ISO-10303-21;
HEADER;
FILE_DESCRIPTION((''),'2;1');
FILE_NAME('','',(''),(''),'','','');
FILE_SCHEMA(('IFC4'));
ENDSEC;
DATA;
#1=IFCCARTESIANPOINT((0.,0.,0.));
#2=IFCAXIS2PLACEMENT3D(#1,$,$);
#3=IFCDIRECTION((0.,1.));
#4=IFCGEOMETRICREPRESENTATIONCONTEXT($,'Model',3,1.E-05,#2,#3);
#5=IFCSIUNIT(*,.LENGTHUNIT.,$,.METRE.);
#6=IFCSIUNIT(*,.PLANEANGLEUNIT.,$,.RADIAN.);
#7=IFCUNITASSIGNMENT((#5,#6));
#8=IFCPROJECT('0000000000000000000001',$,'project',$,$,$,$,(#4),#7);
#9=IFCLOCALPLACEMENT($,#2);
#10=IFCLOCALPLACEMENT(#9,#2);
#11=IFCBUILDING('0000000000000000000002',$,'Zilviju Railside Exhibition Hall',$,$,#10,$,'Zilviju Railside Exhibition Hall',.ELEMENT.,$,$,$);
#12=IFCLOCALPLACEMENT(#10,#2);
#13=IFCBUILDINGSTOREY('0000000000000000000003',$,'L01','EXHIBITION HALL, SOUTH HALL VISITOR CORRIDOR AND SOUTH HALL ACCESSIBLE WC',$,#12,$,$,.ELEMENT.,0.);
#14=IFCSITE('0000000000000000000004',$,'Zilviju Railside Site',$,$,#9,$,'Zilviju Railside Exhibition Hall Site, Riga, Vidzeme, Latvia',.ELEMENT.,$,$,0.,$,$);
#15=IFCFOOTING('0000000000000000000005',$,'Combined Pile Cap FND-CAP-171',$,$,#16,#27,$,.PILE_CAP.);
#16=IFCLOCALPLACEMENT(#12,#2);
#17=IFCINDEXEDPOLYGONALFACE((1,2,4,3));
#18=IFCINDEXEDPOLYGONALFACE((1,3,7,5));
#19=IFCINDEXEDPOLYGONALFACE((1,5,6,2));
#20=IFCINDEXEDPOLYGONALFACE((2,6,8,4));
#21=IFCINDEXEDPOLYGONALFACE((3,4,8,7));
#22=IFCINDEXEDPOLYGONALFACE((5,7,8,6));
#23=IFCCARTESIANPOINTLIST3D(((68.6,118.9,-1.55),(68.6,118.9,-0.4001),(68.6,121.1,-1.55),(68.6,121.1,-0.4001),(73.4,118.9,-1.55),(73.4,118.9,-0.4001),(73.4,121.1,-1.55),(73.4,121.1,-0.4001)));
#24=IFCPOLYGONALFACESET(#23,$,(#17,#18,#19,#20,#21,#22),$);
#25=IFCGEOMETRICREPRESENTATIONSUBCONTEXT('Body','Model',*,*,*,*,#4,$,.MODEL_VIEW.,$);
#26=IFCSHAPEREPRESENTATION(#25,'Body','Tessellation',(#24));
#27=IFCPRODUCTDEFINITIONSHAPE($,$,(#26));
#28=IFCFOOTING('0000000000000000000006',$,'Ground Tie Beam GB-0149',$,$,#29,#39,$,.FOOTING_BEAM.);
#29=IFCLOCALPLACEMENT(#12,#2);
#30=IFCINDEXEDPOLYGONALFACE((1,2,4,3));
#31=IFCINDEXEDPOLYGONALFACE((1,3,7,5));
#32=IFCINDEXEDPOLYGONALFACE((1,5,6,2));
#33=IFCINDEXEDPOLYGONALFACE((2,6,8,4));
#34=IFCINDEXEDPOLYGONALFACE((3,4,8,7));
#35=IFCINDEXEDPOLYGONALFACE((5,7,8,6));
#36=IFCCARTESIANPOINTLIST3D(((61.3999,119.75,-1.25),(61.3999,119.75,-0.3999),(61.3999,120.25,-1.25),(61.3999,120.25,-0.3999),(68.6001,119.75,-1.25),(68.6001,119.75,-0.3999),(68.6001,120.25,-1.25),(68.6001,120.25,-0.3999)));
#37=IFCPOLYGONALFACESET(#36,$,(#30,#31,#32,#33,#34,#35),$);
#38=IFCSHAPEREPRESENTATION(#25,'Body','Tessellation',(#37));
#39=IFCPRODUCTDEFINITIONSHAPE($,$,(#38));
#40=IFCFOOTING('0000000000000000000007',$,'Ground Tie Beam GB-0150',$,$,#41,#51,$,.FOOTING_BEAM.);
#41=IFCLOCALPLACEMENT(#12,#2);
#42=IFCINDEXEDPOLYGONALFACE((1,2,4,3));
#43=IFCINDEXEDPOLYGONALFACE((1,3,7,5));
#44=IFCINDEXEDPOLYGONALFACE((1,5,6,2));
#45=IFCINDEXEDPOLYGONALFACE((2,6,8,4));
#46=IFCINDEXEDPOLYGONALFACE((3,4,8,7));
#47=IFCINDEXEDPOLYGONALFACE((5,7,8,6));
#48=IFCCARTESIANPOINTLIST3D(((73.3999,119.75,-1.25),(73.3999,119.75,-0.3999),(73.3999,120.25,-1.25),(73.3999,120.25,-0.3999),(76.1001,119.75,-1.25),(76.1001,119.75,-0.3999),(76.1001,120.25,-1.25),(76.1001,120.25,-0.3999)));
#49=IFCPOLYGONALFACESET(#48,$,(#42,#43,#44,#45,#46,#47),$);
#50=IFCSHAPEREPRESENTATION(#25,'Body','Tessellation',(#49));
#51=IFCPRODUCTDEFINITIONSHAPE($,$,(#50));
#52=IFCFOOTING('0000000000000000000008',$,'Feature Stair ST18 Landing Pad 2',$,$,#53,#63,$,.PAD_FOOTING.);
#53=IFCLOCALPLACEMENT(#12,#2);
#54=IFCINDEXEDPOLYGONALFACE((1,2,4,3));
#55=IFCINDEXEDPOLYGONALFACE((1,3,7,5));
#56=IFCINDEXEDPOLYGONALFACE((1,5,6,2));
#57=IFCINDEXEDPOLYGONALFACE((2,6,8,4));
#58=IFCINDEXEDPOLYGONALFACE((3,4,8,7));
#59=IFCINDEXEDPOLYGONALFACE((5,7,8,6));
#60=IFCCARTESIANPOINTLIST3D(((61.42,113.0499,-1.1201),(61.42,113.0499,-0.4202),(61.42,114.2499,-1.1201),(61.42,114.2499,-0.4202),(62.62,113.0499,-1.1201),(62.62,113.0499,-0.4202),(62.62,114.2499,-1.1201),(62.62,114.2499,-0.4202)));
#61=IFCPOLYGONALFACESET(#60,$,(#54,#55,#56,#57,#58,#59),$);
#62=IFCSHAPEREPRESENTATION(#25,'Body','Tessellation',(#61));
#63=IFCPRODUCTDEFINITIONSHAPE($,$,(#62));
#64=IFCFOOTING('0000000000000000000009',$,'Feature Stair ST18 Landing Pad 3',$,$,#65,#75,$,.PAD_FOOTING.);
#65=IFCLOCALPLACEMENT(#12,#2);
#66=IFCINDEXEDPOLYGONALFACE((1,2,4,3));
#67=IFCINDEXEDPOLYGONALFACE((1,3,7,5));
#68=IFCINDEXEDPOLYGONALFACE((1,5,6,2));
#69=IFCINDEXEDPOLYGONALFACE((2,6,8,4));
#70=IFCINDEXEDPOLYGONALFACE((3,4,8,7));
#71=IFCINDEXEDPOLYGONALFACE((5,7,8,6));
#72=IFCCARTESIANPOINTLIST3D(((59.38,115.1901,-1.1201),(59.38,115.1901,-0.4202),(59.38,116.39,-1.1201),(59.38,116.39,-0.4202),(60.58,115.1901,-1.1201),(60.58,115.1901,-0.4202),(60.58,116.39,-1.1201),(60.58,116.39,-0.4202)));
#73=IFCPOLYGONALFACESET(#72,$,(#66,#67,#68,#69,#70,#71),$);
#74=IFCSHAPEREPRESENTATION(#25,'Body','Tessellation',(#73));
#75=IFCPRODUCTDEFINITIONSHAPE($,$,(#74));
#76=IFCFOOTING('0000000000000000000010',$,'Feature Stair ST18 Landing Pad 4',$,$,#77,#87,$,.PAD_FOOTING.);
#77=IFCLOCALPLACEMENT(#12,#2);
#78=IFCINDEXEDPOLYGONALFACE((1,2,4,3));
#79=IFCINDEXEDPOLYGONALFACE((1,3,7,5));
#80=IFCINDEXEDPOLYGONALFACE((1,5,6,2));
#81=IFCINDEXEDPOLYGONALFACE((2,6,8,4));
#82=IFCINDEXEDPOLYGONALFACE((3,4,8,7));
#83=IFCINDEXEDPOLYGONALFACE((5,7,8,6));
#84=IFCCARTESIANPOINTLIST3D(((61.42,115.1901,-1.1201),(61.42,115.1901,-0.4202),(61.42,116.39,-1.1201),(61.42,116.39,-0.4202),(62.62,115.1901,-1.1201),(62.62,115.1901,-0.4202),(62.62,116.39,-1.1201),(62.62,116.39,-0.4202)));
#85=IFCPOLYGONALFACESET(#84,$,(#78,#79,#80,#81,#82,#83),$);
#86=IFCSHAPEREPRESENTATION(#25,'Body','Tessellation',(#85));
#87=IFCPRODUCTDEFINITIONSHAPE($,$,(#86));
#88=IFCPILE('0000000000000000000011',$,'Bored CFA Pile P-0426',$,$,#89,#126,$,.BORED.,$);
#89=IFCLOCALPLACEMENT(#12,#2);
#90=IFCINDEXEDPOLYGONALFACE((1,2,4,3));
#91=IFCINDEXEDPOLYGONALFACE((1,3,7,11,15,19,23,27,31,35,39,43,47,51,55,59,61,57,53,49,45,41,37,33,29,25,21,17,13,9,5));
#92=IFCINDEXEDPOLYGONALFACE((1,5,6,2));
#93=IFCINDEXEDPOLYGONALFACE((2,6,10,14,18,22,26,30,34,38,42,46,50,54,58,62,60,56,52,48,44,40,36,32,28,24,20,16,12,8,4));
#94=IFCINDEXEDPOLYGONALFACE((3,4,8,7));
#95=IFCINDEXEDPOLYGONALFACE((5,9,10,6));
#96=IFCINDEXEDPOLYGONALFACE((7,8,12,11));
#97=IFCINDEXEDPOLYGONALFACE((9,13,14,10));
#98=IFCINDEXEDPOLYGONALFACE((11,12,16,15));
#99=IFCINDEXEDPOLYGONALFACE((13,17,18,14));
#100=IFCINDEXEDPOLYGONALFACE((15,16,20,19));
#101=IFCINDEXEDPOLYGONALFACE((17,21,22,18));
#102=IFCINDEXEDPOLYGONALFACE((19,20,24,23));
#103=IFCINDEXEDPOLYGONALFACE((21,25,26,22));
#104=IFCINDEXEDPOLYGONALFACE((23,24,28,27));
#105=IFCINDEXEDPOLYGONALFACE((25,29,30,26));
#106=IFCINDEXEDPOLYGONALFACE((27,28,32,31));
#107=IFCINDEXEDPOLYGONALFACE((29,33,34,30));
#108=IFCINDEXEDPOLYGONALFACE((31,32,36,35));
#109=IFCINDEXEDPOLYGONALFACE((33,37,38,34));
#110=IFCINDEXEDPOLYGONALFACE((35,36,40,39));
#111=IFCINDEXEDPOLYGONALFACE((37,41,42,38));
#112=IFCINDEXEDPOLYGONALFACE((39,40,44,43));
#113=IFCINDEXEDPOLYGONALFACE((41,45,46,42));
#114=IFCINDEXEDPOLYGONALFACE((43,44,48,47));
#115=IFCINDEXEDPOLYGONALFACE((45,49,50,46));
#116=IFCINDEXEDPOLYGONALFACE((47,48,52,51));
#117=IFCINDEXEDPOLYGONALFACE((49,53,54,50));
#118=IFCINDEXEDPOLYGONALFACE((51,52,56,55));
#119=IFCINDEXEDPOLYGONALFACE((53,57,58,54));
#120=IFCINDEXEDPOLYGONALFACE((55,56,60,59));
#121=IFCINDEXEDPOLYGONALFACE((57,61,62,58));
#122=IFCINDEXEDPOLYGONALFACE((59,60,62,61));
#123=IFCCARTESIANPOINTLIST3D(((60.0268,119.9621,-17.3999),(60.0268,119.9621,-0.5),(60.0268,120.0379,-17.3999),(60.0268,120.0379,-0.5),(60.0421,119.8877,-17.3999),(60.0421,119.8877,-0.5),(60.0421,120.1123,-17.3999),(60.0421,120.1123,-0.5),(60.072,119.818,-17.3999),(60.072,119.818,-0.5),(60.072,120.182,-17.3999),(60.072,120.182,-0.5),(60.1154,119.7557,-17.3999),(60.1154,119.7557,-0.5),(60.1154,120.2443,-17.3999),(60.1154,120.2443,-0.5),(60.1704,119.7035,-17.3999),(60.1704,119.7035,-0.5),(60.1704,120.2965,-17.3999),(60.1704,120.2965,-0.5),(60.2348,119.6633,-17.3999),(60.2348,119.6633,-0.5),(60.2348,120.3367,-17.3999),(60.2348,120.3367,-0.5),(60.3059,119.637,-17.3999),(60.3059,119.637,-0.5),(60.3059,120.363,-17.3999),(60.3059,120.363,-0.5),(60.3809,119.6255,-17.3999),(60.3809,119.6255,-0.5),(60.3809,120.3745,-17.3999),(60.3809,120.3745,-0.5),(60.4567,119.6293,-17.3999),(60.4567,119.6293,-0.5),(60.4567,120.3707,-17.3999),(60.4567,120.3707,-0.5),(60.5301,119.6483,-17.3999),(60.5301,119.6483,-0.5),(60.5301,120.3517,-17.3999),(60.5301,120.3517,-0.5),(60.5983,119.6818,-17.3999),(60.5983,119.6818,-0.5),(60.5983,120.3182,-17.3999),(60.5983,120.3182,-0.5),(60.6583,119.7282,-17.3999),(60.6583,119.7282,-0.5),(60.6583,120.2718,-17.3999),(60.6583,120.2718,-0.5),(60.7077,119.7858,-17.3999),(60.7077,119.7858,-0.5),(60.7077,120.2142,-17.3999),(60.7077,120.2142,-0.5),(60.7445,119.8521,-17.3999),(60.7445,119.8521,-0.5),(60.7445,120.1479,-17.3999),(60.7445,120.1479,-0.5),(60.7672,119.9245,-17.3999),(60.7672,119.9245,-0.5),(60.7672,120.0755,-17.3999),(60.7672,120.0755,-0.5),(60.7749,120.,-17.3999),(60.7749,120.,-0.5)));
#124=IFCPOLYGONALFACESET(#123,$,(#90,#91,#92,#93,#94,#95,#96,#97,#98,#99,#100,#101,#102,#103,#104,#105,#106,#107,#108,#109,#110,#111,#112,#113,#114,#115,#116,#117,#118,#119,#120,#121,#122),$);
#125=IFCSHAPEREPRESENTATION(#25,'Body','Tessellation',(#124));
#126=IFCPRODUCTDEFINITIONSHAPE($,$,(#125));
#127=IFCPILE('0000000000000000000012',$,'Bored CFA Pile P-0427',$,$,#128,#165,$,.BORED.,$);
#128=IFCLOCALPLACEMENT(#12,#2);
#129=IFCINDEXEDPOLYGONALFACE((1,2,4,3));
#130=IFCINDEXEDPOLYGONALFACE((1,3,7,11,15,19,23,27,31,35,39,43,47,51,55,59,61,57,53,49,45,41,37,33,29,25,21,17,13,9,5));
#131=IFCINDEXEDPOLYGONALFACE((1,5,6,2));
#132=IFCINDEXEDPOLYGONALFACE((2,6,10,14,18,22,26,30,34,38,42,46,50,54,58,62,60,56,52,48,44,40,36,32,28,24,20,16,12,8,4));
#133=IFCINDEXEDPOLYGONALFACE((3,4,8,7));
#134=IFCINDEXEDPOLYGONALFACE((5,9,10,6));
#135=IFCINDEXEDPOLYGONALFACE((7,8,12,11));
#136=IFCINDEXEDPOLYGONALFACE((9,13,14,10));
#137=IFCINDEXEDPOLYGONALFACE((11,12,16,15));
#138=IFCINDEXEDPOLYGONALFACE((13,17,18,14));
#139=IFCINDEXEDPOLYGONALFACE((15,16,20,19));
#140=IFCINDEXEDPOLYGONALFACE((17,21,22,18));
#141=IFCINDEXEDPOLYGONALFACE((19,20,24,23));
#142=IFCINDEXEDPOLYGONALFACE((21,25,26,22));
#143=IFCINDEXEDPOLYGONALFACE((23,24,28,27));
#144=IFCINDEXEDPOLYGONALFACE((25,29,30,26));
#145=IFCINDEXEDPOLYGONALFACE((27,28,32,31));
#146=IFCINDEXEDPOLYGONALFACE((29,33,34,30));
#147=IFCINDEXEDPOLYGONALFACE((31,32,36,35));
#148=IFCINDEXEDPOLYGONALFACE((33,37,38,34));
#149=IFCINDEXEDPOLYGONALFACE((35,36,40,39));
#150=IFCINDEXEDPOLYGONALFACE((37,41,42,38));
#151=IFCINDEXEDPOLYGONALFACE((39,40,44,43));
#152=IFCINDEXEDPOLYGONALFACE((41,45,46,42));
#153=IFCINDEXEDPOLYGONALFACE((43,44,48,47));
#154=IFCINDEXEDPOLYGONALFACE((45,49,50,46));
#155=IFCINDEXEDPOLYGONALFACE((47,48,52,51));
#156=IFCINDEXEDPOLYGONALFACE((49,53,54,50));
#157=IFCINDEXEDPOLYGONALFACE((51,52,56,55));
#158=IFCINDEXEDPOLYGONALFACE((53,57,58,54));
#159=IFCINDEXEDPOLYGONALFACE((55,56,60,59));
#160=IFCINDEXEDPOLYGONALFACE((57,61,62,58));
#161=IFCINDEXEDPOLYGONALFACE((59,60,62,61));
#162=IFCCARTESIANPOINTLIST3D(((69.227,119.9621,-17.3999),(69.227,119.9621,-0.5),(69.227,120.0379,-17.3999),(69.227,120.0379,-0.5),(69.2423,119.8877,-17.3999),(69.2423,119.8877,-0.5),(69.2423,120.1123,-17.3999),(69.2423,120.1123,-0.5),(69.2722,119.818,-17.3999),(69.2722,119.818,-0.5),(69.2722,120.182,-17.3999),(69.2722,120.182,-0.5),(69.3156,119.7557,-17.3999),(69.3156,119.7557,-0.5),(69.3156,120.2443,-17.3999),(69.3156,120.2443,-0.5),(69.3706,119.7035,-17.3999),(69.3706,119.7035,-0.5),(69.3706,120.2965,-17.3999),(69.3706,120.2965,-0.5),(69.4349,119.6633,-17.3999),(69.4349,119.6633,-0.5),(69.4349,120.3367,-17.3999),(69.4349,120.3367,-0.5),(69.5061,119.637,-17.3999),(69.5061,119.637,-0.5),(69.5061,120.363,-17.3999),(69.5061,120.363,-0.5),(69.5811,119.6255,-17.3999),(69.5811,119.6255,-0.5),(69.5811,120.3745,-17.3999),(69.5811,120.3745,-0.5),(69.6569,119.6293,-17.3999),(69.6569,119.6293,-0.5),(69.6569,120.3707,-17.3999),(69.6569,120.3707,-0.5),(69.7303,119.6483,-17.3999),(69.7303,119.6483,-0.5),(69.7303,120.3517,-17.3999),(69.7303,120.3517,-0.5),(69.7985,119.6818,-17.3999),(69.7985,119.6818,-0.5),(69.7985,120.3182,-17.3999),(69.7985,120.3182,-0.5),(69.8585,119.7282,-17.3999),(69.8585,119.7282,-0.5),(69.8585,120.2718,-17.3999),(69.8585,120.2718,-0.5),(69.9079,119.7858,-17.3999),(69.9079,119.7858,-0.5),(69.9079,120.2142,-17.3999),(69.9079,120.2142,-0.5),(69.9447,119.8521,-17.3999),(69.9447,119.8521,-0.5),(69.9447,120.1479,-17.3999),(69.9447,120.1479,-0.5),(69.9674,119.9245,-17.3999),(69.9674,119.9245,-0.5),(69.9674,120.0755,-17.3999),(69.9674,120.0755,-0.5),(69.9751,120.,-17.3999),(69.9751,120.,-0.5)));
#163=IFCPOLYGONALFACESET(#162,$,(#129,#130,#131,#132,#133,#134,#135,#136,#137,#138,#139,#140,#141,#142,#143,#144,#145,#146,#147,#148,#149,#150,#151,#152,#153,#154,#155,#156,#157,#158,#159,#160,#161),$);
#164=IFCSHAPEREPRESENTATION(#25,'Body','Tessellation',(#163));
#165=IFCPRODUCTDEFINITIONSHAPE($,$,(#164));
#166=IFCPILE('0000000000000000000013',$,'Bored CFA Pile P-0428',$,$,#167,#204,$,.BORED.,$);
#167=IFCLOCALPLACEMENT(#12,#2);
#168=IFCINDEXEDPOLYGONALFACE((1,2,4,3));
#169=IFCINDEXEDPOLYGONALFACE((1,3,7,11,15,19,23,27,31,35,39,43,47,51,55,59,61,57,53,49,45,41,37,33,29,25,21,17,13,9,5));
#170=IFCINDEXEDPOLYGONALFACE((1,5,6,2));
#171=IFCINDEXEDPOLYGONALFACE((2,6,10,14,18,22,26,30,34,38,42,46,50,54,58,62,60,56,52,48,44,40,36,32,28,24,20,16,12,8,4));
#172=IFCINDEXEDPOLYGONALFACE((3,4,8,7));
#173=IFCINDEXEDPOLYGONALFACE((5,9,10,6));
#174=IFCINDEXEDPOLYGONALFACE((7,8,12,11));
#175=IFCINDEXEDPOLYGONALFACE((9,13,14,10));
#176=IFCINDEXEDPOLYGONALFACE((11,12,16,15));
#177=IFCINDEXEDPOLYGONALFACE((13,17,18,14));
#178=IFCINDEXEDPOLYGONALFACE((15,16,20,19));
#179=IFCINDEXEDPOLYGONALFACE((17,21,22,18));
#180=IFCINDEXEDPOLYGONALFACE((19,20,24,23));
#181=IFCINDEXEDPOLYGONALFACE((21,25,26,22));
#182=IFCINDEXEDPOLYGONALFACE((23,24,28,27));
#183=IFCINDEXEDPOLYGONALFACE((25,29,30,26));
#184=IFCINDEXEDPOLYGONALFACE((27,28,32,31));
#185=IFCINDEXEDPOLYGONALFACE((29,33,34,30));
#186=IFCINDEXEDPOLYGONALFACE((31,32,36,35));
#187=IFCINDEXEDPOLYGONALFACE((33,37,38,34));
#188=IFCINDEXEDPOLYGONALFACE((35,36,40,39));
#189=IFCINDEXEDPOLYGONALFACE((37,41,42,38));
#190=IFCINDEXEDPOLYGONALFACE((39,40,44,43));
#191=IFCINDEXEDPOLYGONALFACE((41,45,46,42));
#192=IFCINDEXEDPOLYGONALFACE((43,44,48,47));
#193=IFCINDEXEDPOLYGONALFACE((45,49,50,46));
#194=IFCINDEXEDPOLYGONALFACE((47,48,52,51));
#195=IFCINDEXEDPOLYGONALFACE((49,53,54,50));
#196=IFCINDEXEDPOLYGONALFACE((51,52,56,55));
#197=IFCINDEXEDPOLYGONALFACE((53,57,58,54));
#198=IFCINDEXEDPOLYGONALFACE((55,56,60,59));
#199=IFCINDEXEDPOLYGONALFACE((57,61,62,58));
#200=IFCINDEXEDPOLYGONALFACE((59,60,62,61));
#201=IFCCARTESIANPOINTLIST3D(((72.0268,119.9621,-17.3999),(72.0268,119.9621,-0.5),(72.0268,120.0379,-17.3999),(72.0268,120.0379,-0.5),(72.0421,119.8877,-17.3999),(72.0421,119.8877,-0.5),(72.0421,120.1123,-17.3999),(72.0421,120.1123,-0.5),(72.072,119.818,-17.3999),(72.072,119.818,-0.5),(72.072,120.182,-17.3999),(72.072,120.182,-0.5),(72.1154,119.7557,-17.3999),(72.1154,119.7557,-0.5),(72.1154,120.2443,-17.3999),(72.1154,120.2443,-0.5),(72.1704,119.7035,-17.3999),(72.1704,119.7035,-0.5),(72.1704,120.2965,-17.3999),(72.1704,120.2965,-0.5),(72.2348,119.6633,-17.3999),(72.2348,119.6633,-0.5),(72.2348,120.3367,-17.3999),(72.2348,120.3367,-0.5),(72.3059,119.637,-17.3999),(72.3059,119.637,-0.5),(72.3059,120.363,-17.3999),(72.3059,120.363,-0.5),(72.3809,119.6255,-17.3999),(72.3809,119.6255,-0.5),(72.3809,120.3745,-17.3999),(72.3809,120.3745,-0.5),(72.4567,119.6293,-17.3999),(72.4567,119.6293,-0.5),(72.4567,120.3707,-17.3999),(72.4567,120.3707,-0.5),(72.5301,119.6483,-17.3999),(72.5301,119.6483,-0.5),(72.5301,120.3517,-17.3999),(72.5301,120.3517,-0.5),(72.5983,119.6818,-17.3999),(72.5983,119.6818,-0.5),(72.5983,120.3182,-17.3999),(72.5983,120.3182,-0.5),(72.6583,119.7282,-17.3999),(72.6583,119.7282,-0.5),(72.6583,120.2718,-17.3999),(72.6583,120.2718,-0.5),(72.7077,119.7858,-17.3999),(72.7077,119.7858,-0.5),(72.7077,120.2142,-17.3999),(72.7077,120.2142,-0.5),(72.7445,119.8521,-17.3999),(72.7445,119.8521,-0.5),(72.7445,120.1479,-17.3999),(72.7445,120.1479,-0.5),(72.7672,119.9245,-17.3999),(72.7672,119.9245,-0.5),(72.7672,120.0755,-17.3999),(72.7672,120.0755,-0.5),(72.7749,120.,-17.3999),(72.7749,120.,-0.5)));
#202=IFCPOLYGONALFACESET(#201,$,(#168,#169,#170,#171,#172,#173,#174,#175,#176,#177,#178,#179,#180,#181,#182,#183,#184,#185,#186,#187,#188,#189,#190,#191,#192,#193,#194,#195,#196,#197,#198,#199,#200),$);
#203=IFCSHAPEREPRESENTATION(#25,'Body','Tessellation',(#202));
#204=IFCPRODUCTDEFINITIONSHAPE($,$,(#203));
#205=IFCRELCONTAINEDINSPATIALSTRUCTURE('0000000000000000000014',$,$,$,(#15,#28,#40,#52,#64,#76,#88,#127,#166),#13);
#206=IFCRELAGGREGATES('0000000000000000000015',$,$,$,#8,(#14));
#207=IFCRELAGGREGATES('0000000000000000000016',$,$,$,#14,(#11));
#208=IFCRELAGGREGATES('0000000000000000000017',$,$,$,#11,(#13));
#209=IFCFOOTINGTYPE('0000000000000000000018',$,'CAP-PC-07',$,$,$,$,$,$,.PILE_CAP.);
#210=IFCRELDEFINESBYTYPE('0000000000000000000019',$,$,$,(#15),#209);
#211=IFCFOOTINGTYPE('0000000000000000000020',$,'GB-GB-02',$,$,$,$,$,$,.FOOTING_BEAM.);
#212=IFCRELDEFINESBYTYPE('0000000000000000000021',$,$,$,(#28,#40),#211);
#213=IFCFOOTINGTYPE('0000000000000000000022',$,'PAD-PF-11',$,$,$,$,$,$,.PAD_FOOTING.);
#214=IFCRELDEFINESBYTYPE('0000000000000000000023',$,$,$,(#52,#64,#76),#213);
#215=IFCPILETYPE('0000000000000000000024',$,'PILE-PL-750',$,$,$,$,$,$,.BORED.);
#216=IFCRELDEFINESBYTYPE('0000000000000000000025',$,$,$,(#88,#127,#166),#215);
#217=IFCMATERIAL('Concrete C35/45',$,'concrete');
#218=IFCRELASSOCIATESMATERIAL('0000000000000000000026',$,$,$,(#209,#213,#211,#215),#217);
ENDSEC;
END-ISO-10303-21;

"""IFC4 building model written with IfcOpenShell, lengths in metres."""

from ifc_helpers import new_model, si_unit, direction, frame, origin, origin_2d, place, context, subcontext, project, spatial, rectangle, circle, extrude, material, material_profile, profile_set, type_object, element, save


model = new_model("IFC4")

# Units and contexts
model_context = context("Model", 3, precision=1e-05, world=origin(), true_north=direction((0.0, 1.0)))
body_context = subcontext(model_context, "Body", "Model", "MODEL_VIEW")
ifc_project = project(units=[si_unit("LENGTHUNIT", "METRE"), si_unit("PLANEANGLEUNIT", "RADIAN")], contexts=[model_context])

# Site, building, storey
site_placement = place(None, origin())
site = spatial("IfcSite", under=ifc_project, at=site_placement, Name="Zilviju Railside Site", LongName="Zilviju Railside Exhibition Hall Site, Riga, Vidzeme, Latvia", CompositionType="ELEMENT", RefElevation=0.0)
building_placement = place(site_placement, origin())
building = spatial("IfcBuilding", under=site, at=building_placement, Name="Zilviju Railside Exhibition Hall", LongName="Zilviju Railside Exhibition Hall", CompositionType="ELEMENT")
storey_placement = place(building_placement, origin())
storey = spatial("IfcBuildingStorey", under=building, at=storey_placement, Name="L01", Description="EXHIBITION HALL, SOUTH HALL VISITOR CORRIDOR AND SOUTH HALL ACCESSIBLE WC", CompositionType="ELEMENT", Elevation=0.0)

# Footings
ifc_material_1 = material(Name="Concrete C35/45", Category="concrete")
footing_type_1 = type_object("IfcFootingType", Name="CAP-PC-07", PredefinedType="PILE_CAP", material=ifc_material_1)
footing_1_placement = place(storey_placement, frame((71.0, 120.0, -1.55), z_axis=(0.0, 0.0, 1.0), x_axis=(1.0, 0.0, 0.0)))
element("IfcFooting", 1, at=footing_1_placement, inside=storey, type_object=footing_type_1, Name="Combined Pile Cap FND-CAP-171", PredefinedType="PILE_CAP", context=body_context, shape_type="SweptSolid", body=[
    extrude(rectangle(XDim=4.8, YDim=2.2, at=origin_2d()), origin(), (0.0, 0.0, 1.0), 1.1499),
])
ifc_material_profile_1 = material_profile(ifc_material_1, rectangle(XDim=0.5, YDim=0.8501, at=origin_2d()), Name="TIE BEAM 500x850")
ifc_profile_set_1 = profile_set([ifc_material_profile_1], Name="Concrete C35/45")
footing_type_2 = type_object("IfcFootingType", Name="GB-GB-02", PredefinedType="FOOTING_BEAM", material=ifc_profile_set_1)
footing_2_placement = place(storey_placement, frame((61.3999, 120.0, -0.825), z_axis=(1.0, 0.0, 0.0), x_axis=(0.0, 1.0, 0.0)))
element("IfcFooting", 2, at=footing_2_placement, inside=storey, type_object=footing_type_2, Name="Ground Tie Beam GB-0149", PredefinedType="FOOTING_BEAM", context=body_context, shape_type="SweptSolid", body=[
    extrude(rectangle(XDim=0.5, YDim=0.8501, at=origin_2d()), origin(), (0.0, 0.0, 1.0), 7.2002),
])
footing_3_placement = place(storey_placement, frame((73.3999, 120.0, -0.825), z_axis=(1.0, 0.0, 0.0), x_axis=(0.0, 1.0, 0.0)))
element("IfcFooting", 3, at=footing_3_placement, inside=storey, type_object=footing_type_2, Name="Ground Tie Beam GB-0150", PredefinedType="FOOTING_BEAM", context=body_context, shape_type="SweptSolid", body=[
    extrude(rectangle(XDim=0.5, YDim=0.8501, at=origin_2d()), origin(), (0.0, 0.0, 1.0), 2.7002),
])
footing_type_3 = type_object("IfcFootingType", Name="PAD-PF-11", PredefinedType="PAD_FOOTING", material=ifc_material_1)
for number, where, z_axis, x_axis, name in (
    (4, (62.02, 113.6499, -1.1201), (0.0, 0.0, 1.0), (1.0, 0.0, 0.0), "Feature Stair ST18 Landing Pad 2"),
    (5, (59.98, 115.79, -1.1201), (0.0, 0.0, 1.0), (1.0, 0.0, 0.0), "Feature Stair ST18 Landing Pad 3"),
    (6, (62.02, 115.79, -1.1201), (0.0, 0.0, 1.0), (1.0, 0.0, 0.0), "Feature Stair ST18 Landing Pad 4"),
):
    element("IfcFooting", number, at=place(storey_placement, frame(where, z_axis=z_axis, x_axis=x_axis)), inside=storey, type_object=footing_type_3, Name=name, PredefinedType="PAD_FOOTING", context=body_context, shape_type="SweptSolid", body=[
        extrude(rectangle(XDim=1.2, YDim=1.2, at=origin_2d()), origin(), (0.0, 0.0, 1.0), 0.7),
    ])

# Piles
ifc_material_profile_2 = material_profile(ifc_material_1, circle(Radius=0.375, at=origin_2d()), Name="CFA PILE D750")
ifc_profile_set_2 = profile_set([ifc_material_profile_2], Name="Concrete C35/45")
pile_type_1 = type_object("IfcPileType", Name="PILE-PL-750", PredefinedType="BORED", material=ifc_profile_set_2)
for number, where, z_axis, x_axis, name in (
    (7, (60.3999, 120.0, -0.5), (0.0, 0.0, -1.0), (1.0, 0.0, 0.0), "Bored CFA Pile P-0426"),
    (8, (69.6001, 120.0, -0.5), (0.0, 0.0, -1.0), (1.0, 0.0, 0.0), "Bored CFA Pile P-0427"),
    (9, (72.3999, 120.0, -0.5), (0.0, 0.0, -1.0), (1.0, 0.0, 0.0), "Bored CFA Pile P-0428"),
):
    element("IfcPile", number, at=place(storey_placement, frame(where, z_axis=z_axis, x_axis=x_axis)), inside=storey, type_object=pile_type_1, Name=name, PredefinedType="BORED", context=body_context, shape_type="SweptSolid", body=[
        extrude(circle(Radius=0.375, at=origin_2d()), origin(), (0.0, 0.0, 1.0), 16.8999),
    ])

save(model, "model.ifc")
